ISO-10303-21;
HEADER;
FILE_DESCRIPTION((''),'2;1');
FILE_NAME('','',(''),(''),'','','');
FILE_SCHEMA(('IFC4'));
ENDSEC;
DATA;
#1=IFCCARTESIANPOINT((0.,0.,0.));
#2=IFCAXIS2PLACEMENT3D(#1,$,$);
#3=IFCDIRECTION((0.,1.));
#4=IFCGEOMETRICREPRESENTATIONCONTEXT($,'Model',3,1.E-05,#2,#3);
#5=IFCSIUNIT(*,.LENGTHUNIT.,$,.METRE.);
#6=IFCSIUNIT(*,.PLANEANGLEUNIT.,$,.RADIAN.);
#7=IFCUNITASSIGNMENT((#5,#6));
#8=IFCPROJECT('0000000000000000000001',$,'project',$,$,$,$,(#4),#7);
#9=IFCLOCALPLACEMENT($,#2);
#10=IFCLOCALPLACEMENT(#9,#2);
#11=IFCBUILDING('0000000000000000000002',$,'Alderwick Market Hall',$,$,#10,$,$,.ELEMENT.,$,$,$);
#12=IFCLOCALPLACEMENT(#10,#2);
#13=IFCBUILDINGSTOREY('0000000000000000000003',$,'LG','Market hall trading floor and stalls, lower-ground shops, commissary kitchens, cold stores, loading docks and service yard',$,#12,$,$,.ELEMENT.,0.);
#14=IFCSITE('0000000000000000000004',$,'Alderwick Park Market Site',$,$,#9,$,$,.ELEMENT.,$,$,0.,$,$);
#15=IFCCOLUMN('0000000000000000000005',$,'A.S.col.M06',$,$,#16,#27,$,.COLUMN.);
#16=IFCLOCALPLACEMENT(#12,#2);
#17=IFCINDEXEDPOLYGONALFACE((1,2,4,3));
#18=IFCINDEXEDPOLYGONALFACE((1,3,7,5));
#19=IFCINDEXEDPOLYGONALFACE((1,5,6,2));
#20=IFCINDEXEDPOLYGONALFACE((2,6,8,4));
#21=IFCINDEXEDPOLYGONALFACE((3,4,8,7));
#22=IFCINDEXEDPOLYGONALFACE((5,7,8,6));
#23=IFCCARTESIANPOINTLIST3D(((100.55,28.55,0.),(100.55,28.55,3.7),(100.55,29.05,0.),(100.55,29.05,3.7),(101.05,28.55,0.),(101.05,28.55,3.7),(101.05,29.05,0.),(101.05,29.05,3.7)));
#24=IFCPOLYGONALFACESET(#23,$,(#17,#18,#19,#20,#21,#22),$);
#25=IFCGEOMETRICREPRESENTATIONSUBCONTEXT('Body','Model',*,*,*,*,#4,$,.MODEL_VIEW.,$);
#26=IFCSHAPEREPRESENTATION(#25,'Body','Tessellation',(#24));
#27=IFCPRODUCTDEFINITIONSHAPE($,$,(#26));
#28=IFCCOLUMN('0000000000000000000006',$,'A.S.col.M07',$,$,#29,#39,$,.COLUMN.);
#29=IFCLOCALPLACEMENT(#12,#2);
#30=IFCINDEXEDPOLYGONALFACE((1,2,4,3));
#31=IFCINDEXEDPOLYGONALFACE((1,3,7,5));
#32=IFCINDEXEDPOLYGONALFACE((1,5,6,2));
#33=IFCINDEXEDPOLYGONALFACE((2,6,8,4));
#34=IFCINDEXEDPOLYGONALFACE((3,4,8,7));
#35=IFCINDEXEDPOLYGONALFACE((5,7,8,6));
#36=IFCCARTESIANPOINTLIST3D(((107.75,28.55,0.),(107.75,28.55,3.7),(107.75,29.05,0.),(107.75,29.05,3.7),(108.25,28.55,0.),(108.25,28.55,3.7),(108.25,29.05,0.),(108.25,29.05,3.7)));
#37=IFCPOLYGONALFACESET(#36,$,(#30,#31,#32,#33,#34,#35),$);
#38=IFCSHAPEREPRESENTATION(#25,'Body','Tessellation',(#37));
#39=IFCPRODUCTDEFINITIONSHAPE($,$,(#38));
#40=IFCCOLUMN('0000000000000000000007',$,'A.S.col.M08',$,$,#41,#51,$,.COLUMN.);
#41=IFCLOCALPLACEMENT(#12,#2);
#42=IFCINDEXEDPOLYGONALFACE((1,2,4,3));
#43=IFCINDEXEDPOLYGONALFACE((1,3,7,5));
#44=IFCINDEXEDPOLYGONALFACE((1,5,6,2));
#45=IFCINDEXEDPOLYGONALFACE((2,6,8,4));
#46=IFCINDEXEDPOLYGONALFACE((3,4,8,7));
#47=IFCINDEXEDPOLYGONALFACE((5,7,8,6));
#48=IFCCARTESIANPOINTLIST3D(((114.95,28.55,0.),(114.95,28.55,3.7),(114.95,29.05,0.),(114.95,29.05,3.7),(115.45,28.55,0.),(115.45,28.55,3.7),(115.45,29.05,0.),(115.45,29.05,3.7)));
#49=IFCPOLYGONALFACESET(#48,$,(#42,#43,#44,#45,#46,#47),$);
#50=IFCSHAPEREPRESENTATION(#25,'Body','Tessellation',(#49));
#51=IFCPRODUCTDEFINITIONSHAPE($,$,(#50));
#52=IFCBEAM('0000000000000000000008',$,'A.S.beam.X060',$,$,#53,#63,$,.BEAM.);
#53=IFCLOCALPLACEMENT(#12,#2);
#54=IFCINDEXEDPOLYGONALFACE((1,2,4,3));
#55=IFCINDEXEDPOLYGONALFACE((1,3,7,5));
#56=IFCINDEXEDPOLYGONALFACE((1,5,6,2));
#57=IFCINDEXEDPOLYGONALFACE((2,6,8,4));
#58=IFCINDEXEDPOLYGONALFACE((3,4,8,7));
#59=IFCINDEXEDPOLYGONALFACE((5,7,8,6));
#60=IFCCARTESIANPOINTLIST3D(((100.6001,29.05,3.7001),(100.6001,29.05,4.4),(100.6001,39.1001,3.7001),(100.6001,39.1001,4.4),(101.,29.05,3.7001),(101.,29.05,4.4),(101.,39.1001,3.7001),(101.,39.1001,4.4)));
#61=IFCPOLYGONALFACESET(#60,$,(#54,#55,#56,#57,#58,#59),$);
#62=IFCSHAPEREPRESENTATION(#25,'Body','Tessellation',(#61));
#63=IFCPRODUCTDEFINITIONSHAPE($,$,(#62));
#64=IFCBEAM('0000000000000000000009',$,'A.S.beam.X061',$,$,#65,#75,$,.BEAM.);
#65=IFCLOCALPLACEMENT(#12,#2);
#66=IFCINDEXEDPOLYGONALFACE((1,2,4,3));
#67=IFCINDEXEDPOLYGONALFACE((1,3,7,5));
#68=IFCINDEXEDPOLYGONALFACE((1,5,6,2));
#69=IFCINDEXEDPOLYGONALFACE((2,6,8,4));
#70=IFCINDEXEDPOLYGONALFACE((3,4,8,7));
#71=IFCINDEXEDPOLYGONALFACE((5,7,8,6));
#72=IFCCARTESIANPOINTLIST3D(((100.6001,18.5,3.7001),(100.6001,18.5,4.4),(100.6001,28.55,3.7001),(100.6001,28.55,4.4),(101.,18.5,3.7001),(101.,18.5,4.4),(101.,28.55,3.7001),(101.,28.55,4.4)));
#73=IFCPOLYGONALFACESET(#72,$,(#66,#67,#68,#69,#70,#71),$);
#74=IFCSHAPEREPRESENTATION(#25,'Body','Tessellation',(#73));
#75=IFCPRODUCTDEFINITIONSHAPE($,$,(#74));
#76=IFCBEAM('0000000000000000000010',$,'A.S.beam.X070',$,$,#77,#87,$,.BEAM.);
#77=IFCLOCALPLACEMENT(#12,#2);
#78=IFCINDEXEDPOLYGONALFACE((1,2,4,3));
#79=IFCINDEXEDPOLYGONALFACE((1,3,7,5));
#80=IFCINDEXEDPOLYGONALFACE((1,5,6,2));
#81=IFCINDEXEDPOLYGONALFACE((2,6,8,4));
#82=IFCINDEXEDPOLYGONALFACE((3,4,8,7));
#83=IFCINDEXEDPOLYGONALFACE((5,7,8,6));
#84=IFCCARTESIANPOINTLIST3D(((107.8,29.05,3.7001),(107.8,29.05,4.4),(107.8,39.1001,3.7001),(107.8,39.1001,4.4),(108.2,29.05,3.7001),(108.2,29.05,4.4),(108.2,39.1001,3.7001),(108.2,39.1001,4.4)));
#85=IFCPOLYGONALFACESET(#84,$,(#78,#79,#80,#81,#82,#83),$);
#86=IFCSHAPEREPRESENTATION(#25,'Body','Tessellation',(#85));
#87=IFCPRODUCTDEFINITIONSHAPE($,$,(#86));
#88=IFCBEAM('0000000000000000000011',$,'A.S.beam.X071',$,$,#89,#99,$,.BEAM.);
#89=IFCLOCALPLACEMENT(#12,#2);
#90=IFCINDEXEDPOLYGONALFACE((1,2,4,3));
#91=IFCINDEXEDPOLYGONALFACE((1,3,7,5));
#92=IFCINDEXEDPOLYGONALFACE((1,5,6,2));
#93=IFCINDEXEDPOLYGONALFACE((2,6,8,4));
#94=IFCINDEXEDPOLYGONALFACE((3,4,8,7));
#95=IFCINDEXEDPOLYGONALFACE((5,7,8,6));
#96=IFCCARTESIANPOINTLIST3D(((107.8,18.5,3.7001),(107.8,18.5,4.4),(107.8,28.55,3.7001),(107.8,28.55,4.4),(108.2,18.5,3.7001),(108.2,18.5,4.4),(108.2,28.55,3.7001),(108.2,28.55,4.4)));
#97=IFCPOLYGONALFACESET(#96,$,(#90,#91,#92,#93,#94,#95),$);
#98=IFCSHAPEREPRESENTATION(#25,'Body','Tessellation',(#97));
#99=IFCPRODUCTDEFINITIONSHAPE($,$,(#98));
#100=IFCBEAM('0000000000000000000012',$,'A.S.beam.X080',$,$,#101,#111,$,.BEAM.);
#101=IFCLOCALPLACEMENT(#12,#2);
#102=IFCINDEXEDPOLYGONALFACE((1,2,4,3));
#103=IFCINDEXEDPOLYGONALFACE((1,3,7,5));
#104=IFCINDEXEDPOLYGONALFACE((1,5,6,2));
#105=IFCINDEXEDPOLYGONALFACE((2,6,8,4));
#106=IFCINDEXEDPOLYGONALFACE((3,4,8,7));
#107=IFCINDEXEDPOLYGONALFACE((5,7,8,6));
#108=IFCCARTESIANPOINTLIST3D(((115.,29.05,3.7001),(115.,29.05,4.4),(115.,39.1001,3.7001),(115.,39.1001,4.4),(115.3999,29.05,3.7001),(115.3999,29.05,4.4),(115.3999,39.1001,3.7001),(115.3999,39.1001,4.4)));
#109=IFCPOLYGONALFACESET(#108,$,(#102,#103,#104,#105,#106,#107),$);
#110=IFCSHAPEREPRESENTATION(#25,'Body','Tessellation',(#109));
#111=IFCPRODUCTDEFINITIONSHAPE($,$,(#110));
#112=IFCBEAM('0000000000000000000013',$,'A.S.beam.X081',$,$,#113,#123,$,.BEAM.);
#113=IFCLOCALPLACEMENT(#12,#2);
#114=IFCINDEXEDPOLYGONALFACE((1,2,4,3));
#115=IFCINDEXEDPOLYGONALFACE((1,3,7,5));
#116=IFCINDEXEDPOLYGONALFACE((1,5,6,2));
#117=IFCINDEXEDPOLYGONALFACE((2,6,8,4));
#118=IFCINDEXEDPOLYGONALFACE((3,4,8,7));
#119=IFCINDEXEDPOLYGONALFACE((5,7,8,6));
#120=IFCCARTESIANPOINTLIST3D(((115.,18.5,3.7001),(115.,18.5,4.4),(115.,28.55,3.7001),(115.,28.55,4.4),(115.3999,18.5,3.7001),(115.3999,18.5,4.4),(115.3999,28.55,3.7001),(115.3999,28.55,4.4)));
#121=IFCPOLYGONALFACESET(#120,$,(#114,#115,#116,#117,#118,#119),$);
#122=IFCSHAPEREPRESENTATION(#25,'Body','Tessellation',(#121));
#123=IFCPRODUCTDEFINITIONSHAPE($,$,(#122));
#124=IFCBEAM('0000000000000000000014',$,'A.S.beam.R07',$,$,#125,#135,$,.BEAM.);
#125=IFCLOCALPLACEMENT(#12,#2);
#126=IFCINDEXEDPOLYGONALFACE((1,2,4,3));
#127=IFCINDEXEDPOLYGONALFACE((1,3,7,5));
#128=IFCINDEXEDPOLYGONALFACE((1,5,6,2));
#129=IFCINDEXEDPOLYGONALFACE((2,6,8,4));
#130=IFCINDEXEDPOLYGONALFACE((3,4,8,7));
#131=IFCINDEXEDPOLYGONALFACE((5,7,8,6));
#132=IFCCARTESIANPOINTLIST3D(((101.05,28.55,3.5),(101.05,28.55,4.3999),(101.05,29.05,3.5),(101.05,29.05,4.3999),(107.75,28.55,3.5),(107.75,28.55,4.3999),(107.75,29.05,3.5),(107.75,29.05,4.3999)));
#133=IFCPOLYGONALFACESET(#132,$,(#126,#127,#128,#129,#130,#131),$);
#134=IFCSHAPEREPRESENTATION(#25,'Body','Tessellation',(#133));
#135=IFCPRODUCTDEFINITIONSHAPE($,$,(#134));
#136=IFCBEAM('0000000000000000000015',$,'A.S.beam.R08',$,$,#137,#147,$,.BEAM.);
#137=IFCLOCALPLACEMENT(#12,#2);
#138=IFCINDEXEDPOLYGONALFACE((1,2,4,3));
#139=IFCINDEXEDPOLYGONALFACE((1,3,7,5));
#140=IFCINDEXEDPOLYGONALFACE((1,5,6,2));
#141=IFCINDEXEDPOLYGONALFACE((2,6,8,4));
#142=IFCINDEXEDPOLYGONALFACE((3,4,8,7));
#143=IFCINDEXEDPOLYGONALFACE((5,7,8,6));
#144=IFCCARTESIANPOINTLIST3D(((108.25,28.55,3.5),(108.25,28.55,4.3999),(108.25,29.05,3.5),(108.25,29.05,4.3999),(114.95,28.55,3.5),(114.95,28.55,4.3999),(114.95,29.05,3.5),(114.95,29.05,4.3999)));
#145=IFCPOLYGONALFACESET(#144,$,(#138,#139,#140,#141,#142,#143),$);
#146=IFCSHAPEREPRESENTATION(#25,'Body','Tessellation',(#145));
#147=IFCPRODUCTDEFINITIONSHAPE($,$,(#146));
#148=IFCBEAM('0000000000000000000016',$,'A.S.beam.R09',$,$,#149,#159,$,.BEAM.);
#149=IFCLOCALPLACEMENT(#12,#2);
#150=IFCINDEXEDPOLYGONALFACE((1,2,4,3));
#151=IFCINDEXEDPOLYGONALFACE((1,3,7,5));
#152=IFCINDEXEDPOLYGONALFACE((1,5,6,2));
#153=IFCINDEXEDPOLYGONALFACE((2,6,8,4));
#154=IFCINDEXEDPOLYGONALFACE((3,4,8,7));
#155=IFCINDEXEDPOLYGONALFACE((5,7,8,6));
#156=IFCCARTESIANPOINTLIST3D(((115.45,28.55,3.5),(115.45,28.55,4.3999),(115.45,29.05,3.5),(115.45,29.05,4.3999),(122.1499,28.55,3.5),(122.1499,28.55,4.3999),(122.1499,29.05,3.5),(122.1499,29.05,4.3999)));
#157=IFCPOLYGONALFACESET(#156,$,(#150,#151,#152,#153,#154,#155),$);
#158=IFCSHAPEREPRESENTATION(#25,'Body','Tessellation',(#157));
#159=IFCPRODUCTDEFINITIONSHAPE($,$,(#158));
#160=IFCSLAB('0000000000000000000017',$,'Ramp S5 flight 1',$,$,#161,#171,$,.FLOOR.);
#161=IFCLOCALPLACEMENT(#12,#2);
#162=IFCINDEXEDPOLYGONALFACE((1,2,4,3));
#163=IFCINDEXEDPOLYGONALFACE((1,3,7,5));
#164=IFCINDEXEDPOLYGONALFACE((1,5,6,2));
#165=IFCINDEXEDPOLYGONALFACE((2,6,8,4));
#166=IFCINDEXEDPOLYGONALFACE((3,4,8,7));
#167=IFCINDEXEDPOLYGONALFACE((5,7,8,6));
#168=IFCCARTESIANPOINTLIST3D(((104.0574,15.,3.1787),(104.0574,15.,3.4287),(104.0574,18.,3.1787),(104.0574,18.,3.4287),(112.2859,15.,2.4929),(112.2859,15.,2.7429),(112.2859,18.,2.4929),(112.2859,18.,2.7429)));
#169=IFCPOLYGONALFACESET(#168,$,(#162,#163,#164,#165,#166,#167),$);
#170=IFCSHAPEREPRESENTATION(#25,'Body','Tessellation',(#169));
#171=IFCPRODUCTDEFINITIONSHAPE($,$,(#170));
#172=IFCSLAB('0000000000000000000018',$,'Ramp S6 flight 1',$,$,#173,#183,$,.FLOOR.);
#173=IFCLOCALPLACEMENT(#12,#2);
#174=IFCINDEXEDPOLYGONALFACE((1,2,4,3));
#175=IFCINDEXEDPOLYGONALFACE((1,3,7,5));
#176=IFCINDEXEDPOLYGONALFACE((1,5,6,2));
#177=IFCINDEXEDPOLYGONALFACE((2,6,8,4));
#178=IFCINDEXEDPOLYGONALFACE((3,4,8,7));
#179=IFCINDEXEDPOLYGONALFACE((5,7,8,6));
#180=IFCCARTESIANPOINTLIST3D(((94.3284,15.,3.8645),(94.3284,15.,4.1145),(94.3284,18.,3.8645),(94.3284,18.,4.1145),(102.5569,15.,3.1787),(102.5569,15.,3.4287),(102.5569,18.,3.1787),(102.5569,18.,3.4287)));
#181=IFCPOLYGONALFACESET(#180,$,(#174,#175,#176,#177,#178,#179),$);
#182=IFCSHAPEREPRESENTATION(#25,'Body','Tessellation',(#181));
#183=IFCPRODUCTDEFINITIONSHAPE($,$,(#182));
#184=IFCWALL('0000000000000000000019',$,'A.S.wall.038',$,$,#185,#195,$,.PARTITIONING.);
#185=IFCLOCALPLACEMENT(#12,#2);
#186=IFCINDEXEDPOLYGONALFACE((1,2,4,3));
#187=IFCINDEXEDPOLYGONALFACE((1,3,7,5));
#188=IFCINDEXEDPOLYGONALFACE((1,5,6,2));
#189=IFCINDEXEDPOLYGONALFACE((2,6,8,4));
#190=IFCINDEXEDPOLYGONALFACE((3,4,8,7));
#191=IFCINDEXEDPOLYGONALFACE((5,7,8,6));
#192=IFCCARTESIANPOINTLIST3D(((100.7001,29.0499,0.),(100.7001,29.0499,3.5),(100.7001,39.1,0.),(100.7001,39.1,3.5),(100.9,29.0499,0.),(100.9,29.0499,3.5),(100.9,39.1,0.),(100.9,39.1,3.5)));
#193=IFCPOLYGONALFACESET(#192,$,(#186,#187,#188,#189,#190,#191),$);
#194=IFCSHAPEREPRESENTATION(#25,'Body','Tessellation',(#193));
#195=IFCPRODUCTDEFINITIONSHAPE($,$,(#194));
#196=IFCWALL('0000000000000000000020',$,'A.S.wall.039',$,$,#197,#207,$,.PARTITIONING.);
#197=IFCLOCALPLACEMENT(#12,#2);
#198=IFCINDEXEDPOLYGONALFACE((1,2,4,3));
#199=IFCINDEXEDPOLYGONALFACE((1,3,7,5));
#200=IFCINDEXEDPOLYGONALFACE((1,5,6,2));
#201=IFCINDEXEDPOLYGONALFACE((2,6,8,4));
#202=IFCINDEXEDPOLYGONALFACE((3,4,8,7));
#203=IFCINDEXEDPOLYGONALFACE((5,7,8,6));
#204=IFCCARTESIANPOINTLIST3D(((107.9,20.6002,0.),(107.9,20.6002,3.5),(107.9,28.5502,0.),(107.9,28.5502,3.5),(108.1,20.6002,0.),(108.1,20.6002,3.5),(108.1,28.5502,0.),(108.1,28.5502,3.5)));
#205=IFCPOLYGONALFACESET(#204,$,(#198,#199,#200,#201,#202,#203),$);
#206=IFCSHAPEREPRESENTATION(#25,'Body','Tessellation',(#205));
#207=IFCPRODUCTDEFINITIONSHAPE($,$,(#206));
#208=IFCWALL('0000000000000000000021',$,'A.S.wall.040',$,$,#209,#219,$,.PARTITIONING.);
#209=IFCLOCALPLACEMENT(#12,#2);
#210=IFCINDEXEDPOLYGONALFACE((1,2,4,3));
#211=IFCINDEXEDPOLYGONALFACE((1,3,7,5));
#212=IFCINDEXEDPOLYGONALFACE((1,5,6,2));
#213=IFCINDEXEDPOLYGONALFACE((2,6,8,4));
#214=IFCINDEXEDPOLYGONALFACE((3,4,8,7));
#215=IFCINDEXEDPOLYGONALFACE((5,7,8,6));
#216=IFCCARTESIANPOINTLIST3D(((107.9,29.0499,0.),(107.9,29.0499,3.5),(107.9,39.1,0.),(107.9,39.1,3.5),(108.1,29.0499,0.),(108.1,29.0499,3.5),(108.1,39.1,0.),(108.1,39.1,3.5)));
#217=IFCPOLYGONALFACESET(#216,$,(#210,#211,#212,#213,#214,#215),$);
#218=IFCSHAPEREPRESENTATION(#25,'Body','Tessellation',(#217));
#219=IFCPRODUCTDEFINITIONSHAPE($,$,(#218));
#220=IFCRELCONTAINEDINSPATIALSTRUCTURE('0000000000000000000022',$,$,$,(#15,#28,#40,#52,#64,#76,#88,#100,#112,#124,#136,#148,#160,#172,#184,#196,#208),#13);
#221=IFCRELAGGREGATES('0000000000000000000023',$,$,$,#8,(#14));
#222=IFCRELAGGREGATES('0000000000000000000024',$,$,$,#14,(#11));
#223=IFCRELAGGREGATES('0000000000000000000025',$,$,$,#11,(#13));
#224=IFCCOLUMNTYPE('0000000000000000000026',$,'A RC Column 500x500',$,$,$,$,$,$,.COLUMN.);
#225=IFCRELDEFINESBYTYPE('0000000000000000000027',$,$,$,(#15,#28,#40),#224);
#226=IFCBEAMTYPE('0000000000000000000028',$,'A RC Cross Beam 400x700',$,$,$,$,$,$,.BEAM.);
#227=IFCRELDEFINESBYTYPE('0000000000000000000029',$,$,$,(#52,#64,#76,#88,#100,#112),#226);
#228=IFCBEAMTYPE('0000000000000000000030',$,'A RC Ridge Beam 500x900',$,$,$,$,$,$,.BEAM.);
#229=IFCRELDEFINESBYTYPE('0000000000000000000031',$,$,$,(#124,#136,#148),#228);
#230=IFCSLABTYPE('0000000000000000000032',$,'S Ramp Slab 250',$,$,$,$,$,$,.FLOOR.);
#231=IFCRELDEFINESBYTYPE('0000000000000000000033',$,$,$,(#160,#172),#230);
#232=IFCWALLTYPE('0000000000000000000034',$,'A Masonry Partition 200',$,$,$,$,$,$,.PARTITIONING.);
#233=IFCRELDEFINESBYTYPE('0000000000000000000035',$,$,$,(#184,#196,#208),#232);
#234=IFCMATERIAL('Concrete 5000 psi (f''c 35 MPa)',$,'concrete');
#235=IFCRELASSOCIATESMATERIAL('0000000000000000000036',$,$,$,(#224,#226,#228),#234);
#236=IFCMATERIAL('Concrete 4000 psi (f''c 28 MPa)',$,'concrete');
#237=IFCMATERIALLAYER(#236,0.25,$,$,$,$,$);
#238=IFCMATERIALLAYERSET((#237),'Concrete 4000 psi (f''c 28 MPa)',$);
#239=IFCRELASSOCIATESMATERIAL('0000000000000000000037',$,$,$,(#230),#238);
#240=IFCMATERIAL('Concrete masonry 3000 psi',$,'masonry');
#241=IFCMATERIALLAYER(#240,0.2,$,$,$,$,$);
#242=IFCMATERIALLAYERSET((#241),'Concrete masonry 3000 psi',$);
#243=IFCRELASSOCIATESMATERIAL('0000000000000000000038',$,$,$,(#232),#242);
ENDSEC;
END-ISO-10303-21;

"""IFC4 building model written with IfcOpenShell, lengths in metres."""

from ifc_helpers import new_model, si_unit, direction, frame, frame_2d, origin, origin_2d, place, context, subcontext, project, spatial, polyline, rectangle, outline, extrude, material, layer, layer_set, material_profile, profile_set, type_object, element, save


model = new_model("IFC4")

# Units and contexts
model_context = context("Model", 3, precision=1e-05, world=origin(), true_north=direction((0.0, 1.0)))
body_context = subcontext(model_context, "Body", "Model", "MODEL_VIEW")
ifc_project = project(units=[si_unit("LENGTHUNIT", "METRE"), si_unit("PLANEANGLEUNIT", "RADIAN")], contexts=[model_context])

# Site, building, storey
site_placement = place(None, origin())
site = spatial("IfcSite", under=ifc_project, at=site_placement, Name="Alderwick Park Market Site", CompositionType="ELEMENT", RefElevation=0.0)
building_placement = place(site_placement, origin())
building = spatial("IfcBuilding", under=site, at=building_placement, Name="Alderwick Market Hall", CompositionType="ELEMENT")
storey_placement = place(building_placement, origin())
storey = spatial("IfcBuildingStorey", under=building, at=storey_placement, Name="LG", Description="Market hall trading floor and stalls, lower-ground shops, commissary kitchens, cold stores, loading docks and service yard", CompositionType="ELEMENT", Elevation=0.0)

# Columns
ifc_material_1 = material(Name="Concrete 5000 psi (f'c 35 MPa)", Category="concrete")
ifc_material_profile_1 = material_profile(ifc_material_1, rectangle(XDim=0.5, YDim=0.5, at=origin_2d()), Name="A RC Column 500x500")
ifc_profile_set_1 = profile_set([ifc_material_profile_1], Name="Concrete 5000 psi (f'c 35 MPa)")
column_type = type_object("IfcColumnType", Name="A RC Column 500x500", PredefinedType="COLUMN", material=ifc_profile_set_1)
for number, where, z_axis, x_axis, name in (
    (1, (100.8, 28.8, 0.0), (0.0, 0.0, 1.0), (1.0, 0.0, 0.0), "A.S.col.M06"),
    (2, (108.0, 28.8, 0.0), (0.0, 0.0, 1.0), (1.0, 0.0, 0.0), "A.S.col.M07"),
    (3, (115.2, 28.8, 0.0), (0.0, 0.0, 1.0), (1.0, 0.0, 0.0), "A.S.col.M08"),
):
    element("IfcColumn", number, at=place(storey_placement, frame(where, z_axis=z_axis, x_axis=x_axis)), inside=storey, type_object=column_type, Name=name, PredefinedType="COLUMN", context=body_context, shape_type="SweptSolid", body=[
        extrude(rectangle(XDim=0.5, YDim=0.5, at=origin_2d()), origin(), (0.0, 0.0, 1.0), 3.7),
    ])

# Beams
ifc_material_profile_2 = material_profile(ifc_material_1, rectangle(XDim=0.3999, YDim=0.7, at=origin_2d()), Name="A RC Cross Beam 400x700")
ifc_profile_set_2 = profile_set([ifc_material_profile_2], Name="Concrete 5000 psi (f'c 35 MPa)")
beam_type_1 = type_object("IfcBeamType", Name="A RC Cross Beam 400x700", PredefinedType="BEAM", material=ifc_profile_set_2)
for number, where, z_axis, x_axis, name in (
    (4, (100.8, 39.1001, 4.05), (0.0, -1.0, 0.0), (1.0, 0.0, 0.0), "A.S.beam.X060"),
    (5, (100.8, 28.55, 4.05), (0.0, -1.0, 0.0), (1.0, 0.0, 0.0), "A.S.beam.X061"),
    (6, (108.0, 39.1001, 4.05), (0.0, -1.0, 0.0), (1.0, 0.0, 0.0), "A.S.beam.X070"),
    (7, (108.0, 28.55, 4.05), (0.0, -1.0, 0.0), (1.0, 0.0, 0.0), "A.S.beam.X071"),
    (8, (115.2, 39.1001, 4.05), (0.0, -1.0, 0.0), (1.0, 0.0, 0.0), "A.S.beam.X080"),
    (9, (115.2, 28.55, 4.05), (0.0, -1.0, 0.0), (1.0, 0.0, 0.0), "A.S.beam.X081"),
):
    element("IfcBeam", number, at=place(storey_placement, frame(where, z_axis=z_axis, x_axis=x_axis)), inside=storey, type_object=beam_type_1, Name=name, PredefinedType="BEAM", context=body_context, shape_type="SweptSolid", body=[
        extrude(rectangle(XDim=0.3999, YDim=0.7, at=origin_2d()), origin(), (0.0, 0.0, 1.0), 10.05),
    ])
ifc_material_profile_3 = material_profile(ifc_material_1, rectangle(XDim=0.5, YDim=0.8999, at=origin_2d()), Name="A RC Ridge Beam 500x900")
ifc_profile_set_3 = profile_set([ifc_material_profile_3], Name="Concrete 5000 psi (f'c 35 MPa)")
beam_type_2 = type_object("IfcBeamType", Name="A RC Ridge Beam 500x900", PredefinedType="BEAM", material=ifc_profile_set_3)
for number, where, z_axis, x_axis, name in (
    (10, (101.05, 28.8, 3.95), (1.0, 0.0, 0.0), (0.0, 1.0, 0.0), "A.S.beam.R07"),
    (11, (108.25, 28.8, 3.95), (1.0, 0.0, 0.0), (0.0, 1.0, 0.0), "A.S.beam.R08"),
    (12, (115.45, 28.8, 3.95), (1.0, 0.0, 0.0), (0.0, 1.0, 0.0), "A.S.beam.R09"),
):
    element("IfcBeam", number, at=place(storey_placement, frame(where, z_axis=z_axis, x_axis=x_axis)), inside=storey, type_object=beam_type_2, Name=name, PredefinedType="BEAM", context=body_context, shape_type="SweptSolid", body=[
        extrude(rectangle(XDim=0.5, YDim=0.8999, at=origin_2d()), origin(), (0.0, 0.0, 1.0), 6.7),
    ])

# Slabs
ifc_material_2 = material(Name="Concrete 4000 psi (f'c 28 MPa)", Category="concrete")
ifc_layer_1 = layer(ifc_material_2, 0.25)
ifc_layer_set_1 = layer_set([ifc_layer_1], Name="Concrete 4000 psi (f'c 28 MPa)")
slab_type = type_object("IfcSlabType", Name="S Ramp Slab 250", PredefinedType="FLOOR", material=ifc_layer_set_1)
for number, where, z_axis, x_axis, name in (
    (13, (112.2859, 16.5, 2.7429), (0.0, 0.0, 1.0), (-1.0, 0.0, 0.0), "Ramp S5 flight 1"),
    (14, (102.5569, 16.5, 3.4287), (0.0, 0.0, 1.0), (-1.0, 0.0, 0.0), "Ramp S6 flight 1"),
):
    element("IfcSlab", number, at=place(storey_placement, frame(where, z_axis=z_axis, x_axis=x_axis)), inside=storey, type_object=slab_type, Name=name, PredefinedType="FLOOR", context=body_context, shape_type="SweptSolid", body=[
        extrude(outline(polyline([(0.0, 0.0), (8.2285, 0.6858), (8.2285, 0.4358), (0.0, -0.25), (0.0, 0.0)])), frame((0.0, 1.5, 0.0), z_axis=(0.0, -1.0, 0.0), x_axis=(1.0, 0.0, 0.0)), (0.0, 0.0, 1.0), 3.0),
    ])

# Walls
ifc_material_3 = material(Name="Concrete masonry 3000 psi", Category="masonry")
ifc_layer_2 = layer(ifc_material_3, 0.2)
ifc_layer_set_2 = layer_set([ifc_layer_2], Name="Concrete masonry 3000 psi")
wall_type = type_object("IfcWallType", Name="A Masonry Partition 200", PredefinedType="PARTITIONING", material=ifc_layer_set_2)
wall_1_placement = place(storey_placement, frame((100.8, 29.05, 0.0), z_axis=(0.0, 0.0, 1.0), x_axis=(0.0, 1.0, 0.0)))
element("IfcWall", 15, at=wall_1_placement, inside=storey, type_object=wall_type, Name="A.S.wall.038", PredefinedType="PARTITIONING", context=body_context, shape_type="SweptSolid", body=[
    extrude(rectangle(XDim=10.05, YDim=0.2, at=frame_2d((5.0249, 0.0))), origin(), (0.0, 0.0, 1.0), 3.5),
])
wall_2_placement = place(storey_placement, frame((108.0, 20.6001, 0.0), z_axis=(0.0, 0.0, 1.0), x_axis=(0.0, 1.0, 0.0)))
element("IfcWall", 16, at=wall_2_placement, inside=storey, type_object=wall_type, Name="A.S.wall.039", PredefinedType="PARTITIONING", context=body_context, shape_type="SweptSolid", body=[
    extrude(rectangle(XDim=7.95, YDim=0.2, at=frame_2d((3.9751, 0.0))), origin(), (0.0, 0.0, 1.0), 3.5),
])
wall_3_placement = place(storey_placement, frame((108.0, 29.05, 0.0), z_axis=(0.0, 0.0, 1.0), x_axis=(0.0, 1.0, 0.0)))
element("IfcWall", 17, at=wall_3_placement, inside=storey, type_object=wall_type, Name="A.S.wall.040", PredefinedType="PARTITIONING", context=body_context, shape_type="SweptSolid", body=[
    extrude(rectangle(XDim=10.05, YDim=0.2, at=frame_2d((5.0249, 0.0))), origin(), (0.0, 0.0, 1.0), 3.5),
])

save(model, "model.ifc")
